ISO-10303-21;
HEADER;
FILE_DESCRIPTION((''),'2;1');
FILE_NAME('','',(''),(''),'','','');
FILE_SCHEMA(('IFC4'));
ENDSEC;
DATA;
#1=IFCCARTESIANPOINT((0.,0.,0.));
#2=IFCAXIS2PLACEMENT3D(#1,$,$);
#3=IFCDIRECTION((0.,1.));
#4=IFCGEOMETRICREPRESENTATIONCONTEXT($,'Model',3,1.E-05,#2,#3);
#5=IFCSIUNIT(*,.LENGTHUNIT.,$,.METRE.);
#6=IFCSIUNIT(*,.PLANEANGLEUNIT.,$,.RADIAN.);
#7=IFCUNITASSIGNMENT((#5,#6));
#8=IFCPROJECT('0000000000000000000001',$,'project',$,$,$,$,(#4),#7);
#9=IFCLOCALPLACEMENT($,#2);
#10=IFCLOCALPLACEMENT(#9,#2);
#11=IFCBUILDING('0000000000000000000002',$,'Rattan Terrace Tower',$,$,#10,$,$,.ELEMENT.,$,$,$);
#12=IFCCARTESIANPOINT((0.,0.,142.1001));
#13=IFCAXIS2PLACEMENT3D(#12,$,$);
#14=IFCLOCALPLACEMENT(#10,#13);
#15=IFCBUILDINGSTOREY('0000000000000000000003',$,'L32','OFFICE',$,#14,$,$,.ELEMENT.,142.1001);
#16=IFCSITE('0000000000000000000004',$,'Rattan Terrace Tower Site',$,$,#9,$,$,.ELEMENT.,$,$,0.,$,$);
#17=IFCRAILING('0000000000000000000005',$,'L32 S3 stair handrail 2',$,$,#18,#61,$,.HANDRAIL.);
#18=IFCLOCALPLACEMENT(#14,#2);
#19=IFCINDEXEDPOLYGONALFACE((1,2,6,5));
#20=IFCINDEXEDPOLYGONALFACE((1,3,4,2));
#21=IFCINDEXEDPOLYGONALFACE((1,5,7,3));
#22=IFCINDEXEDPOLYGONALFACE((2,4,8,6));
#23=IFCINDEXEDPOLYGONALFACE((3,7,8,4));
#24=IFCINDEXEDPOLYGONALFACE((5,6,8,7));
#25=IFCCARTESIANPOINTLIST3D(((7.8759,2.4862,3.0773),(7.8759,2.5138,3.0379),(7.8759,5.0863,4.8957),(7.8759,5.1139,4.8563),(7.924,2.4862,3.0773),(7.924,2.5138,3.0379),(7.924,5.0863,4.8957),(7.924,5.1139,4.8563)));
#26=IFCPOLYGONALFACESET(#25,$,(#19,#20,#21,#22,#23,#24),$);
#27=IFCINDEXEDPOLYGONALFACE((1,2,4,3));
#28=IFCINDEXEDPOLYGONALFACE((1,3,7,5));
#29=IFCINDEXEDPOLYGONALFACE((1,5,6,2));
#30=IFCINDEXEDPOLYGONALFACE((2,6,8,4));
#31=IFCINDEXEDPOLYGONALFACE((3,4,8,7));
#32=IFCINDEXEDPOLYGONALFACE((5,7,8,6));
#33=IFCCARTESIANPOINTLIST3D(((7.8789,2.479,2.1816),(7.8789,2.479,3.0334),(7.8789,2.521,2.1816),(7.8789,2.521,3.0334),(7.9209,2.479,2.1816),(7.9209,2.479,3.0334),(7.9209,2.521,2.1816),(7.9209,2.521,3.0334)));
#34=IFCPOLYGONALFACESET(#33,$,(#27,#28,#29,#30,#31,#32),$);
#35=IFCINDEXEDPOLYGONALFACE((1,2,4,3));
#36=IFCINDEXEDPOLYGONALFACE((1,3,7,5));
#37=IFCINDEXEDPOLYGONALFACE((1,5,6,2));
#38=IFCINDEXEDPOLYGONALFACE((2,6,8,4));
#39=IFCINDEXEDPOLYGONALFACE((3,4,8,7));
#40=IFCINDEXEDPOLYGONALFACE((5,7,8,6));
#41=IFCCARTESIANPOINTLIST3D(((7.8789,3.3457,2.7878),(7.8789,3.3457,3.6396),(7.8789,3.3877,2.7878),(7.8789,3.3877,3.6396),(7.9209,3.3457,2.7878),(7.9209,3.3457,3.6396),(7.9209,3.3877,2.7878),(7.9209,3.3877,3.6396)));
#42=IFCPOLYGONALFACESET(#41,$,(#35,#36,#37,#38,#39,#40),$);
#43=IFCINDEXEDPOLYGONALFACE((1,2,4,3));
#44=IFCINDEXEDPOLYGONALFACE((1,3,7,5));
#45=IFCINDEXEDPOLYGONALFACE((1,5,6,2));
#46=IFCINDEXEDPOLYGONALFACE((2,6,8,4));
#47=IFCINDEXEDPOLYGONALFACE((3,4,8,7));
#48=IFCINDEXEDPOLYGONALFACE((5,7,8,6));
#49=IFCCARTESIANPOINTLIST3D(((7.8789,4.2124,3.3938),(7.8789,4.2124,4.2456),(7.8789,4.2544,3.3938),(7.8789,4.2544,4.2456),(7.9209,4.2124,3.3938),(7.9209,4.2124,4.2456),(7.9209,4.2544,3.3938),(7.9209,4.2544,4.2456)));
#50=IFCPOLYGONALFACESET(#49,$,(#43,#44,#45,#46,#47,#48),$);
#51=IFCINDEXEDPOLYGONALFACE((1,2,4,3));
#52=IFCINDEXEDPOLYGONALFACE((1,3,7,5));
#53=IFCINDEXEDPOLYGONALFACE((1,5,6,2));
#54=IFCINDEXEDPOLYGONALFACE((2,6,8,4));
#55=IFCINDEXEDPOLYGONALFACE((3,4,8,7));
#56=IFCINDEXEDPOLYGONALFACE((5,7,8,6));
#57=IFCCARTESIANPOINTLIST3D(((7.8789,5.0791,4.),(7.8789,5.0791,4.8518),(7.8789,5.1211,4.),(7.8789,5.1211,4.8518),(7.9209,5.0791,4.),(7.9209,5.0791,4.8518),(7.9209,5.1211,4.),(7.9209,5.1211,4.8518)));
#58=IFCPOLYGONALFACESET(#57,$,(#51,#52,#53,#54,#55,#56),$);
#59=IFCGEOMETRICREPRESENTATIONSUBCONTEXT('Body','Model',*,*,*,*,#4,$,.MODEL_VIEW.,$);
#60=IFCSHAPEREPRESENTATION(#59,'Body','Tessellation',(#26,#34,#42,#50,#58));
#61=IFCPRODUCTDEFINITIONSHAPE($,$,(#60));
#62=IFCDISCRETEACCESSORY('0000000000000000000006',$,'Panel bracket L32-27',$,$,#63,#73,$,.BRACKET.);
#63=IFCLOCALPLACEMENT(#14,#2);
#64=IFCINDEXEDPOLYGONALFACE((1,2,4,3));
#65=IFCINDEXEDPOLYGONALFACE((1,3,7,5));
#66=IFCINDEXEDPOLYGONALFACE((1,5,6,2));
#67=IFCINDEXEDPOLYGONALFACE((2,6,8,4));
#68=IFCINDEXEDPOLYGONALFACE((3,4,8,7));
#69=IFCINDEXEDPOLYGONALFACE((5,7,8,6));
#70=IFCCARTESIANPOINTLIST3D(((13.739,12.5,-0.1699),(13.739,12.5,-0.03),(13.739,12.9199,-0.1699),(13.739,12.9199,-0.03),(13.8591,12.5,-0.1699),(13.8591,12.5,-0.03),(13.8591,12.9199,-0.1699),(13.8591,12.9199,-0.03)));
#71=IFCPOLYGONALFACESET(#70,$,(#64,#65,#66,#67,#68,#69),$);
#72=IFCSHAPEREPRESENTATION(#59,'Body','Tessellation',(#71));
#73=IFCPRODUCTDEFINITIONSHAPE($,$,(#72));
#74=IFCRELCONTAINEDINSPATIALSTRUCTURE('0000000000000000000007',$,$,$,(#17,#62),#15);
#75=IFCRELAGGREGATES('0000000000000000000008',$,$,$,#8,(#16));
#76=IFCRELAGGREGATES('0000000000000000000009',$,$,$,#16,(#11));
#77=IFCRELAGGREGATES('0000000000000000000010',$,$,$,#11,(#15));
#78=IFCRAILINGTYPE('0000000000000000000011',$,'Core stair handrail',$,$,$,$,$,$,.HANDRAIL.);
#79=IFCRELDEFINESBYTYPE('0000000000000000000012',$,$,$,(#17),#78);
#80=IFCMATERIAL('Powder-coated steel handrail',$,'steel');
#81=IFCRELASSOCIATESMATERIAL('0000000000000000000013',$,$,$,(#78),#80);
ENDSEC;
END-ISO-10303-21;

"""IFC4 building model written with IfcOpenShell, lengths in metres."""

from ifc_helpers import new_model, si_unit, direction, frame, origin, origin_2d, place, context, subcontext, project, spatial, rectangle, extrude, material, type_object, element, save


model = new_model("IFC4")

# Units and contexts
model_context = context("Model", 3, precision=1e-05, world=origin(), true_north=direction((0.0, 1.0)))
body_context = subcontext(model_context, "Body", "Model", "MODEL_VIEW")
ifc_project = project(units=[si_unit("LENGTHUNIT", "METRE"), si_unit("PLANEANGLEUNIT", "RADIAN")], contexts=[model_context])

# Site, building, storey
site_placement = place(None, origin())
site = spatial("IfcSite", under=ifc_project, at=site_placement, Name="Rattan Terrace Tower Site", CompositionType="ELEMENT", RefElevation=0.0)
building_placement = place(site_placement, origin())
building = spatial("IfcBuilding", under=site, at=building_placement, Name="Rattan Terrace Tower", CompositionType="ELEMENT")
storey_placement = place(building_placement, frame((0.0, 0.0, 142.1001)))
storey = spatial("IfcBuildingStorey", under=building, at=storey_placement, Name="L32", Description="OFFICE", CompositionType="ELEMENT", Elevation=142.1001)

# Railing
ifc_material_1 = material(Name="Powder-coated steel handrail", Category="steel")
railing_type_1 = type_object("IfcRailingType", Name="Core stair handrail", PredefinedType="HANDRAIL", material=ifc_material_1)
railing_1_placement = place(storey_placement, frame((7.8999, 2.5, 2.1816)))
element("IfcRailing", 1, at=railing_1_placement, inside=storey, type_object=railing_type_1, Name="L32 S3 stair handrail 2", PredefinedType="HANDRAIL", context=body_context, shape_type="SweptSolid", body=[
    extrude(rectangle(XDim=0.0481, YDim=0.0481, at=origin_2d()), frame((0.0, 0.0, 0.876), z_axis=(0.0, 0.819485, 0.573101), x_axis=(-1.0, 0.0, 0.0)), (0.0, 0.0, 1.0), 3.1729),
    extrude(rectangle(XDim=0.042, YDim=0.042, at=origin_2d()), origin(), (0.0, 0.0, 1.0), 0.8518),
    extrude(rectangle(XDim=0.042, YDim=0.042, at=origin_2d()), frame((0.0, 0.8667, 0.6062)), (0.0, 0.0, 1.0), 0.8518),
    extrude(rectangle(XDim=0.042, YDim=0.042, at=origin_2d()), frame((0.0, 1.7334, 1.2122)), (0.0, 0.0, 1.0), 0.8518),
    extrude(rectangle(XDim=0.042, YDim=0.042, at=origin_2d()), frame((0.0, 2.6001, 1.8184)), (0.0, 0.0, 1.0), 0.8518),
])

# Discrete accessory
discrete_accessory_placement = place(storey_placement, frame((13.7991, 12.71, -0.1699), z_axis=(0.0, 0.0, 1.0), x_axis=(-1.0, 0.0, 0.0)))
element("IfcDiscreteAccessory", 2, at=discrete_accessory_placement, inside=storey, Name="Panel bracket L32-27", PredefinedType="BRACKET", context=body_context, shape_type="SweptSolid", body=[
    extrude(rectangle(XDim=0.1201, YDim=0.4199, at=origin_2d()), origin(), (0.0, 0.0, 1.0), 0.1399),
])

save(model, "model.ifc")
